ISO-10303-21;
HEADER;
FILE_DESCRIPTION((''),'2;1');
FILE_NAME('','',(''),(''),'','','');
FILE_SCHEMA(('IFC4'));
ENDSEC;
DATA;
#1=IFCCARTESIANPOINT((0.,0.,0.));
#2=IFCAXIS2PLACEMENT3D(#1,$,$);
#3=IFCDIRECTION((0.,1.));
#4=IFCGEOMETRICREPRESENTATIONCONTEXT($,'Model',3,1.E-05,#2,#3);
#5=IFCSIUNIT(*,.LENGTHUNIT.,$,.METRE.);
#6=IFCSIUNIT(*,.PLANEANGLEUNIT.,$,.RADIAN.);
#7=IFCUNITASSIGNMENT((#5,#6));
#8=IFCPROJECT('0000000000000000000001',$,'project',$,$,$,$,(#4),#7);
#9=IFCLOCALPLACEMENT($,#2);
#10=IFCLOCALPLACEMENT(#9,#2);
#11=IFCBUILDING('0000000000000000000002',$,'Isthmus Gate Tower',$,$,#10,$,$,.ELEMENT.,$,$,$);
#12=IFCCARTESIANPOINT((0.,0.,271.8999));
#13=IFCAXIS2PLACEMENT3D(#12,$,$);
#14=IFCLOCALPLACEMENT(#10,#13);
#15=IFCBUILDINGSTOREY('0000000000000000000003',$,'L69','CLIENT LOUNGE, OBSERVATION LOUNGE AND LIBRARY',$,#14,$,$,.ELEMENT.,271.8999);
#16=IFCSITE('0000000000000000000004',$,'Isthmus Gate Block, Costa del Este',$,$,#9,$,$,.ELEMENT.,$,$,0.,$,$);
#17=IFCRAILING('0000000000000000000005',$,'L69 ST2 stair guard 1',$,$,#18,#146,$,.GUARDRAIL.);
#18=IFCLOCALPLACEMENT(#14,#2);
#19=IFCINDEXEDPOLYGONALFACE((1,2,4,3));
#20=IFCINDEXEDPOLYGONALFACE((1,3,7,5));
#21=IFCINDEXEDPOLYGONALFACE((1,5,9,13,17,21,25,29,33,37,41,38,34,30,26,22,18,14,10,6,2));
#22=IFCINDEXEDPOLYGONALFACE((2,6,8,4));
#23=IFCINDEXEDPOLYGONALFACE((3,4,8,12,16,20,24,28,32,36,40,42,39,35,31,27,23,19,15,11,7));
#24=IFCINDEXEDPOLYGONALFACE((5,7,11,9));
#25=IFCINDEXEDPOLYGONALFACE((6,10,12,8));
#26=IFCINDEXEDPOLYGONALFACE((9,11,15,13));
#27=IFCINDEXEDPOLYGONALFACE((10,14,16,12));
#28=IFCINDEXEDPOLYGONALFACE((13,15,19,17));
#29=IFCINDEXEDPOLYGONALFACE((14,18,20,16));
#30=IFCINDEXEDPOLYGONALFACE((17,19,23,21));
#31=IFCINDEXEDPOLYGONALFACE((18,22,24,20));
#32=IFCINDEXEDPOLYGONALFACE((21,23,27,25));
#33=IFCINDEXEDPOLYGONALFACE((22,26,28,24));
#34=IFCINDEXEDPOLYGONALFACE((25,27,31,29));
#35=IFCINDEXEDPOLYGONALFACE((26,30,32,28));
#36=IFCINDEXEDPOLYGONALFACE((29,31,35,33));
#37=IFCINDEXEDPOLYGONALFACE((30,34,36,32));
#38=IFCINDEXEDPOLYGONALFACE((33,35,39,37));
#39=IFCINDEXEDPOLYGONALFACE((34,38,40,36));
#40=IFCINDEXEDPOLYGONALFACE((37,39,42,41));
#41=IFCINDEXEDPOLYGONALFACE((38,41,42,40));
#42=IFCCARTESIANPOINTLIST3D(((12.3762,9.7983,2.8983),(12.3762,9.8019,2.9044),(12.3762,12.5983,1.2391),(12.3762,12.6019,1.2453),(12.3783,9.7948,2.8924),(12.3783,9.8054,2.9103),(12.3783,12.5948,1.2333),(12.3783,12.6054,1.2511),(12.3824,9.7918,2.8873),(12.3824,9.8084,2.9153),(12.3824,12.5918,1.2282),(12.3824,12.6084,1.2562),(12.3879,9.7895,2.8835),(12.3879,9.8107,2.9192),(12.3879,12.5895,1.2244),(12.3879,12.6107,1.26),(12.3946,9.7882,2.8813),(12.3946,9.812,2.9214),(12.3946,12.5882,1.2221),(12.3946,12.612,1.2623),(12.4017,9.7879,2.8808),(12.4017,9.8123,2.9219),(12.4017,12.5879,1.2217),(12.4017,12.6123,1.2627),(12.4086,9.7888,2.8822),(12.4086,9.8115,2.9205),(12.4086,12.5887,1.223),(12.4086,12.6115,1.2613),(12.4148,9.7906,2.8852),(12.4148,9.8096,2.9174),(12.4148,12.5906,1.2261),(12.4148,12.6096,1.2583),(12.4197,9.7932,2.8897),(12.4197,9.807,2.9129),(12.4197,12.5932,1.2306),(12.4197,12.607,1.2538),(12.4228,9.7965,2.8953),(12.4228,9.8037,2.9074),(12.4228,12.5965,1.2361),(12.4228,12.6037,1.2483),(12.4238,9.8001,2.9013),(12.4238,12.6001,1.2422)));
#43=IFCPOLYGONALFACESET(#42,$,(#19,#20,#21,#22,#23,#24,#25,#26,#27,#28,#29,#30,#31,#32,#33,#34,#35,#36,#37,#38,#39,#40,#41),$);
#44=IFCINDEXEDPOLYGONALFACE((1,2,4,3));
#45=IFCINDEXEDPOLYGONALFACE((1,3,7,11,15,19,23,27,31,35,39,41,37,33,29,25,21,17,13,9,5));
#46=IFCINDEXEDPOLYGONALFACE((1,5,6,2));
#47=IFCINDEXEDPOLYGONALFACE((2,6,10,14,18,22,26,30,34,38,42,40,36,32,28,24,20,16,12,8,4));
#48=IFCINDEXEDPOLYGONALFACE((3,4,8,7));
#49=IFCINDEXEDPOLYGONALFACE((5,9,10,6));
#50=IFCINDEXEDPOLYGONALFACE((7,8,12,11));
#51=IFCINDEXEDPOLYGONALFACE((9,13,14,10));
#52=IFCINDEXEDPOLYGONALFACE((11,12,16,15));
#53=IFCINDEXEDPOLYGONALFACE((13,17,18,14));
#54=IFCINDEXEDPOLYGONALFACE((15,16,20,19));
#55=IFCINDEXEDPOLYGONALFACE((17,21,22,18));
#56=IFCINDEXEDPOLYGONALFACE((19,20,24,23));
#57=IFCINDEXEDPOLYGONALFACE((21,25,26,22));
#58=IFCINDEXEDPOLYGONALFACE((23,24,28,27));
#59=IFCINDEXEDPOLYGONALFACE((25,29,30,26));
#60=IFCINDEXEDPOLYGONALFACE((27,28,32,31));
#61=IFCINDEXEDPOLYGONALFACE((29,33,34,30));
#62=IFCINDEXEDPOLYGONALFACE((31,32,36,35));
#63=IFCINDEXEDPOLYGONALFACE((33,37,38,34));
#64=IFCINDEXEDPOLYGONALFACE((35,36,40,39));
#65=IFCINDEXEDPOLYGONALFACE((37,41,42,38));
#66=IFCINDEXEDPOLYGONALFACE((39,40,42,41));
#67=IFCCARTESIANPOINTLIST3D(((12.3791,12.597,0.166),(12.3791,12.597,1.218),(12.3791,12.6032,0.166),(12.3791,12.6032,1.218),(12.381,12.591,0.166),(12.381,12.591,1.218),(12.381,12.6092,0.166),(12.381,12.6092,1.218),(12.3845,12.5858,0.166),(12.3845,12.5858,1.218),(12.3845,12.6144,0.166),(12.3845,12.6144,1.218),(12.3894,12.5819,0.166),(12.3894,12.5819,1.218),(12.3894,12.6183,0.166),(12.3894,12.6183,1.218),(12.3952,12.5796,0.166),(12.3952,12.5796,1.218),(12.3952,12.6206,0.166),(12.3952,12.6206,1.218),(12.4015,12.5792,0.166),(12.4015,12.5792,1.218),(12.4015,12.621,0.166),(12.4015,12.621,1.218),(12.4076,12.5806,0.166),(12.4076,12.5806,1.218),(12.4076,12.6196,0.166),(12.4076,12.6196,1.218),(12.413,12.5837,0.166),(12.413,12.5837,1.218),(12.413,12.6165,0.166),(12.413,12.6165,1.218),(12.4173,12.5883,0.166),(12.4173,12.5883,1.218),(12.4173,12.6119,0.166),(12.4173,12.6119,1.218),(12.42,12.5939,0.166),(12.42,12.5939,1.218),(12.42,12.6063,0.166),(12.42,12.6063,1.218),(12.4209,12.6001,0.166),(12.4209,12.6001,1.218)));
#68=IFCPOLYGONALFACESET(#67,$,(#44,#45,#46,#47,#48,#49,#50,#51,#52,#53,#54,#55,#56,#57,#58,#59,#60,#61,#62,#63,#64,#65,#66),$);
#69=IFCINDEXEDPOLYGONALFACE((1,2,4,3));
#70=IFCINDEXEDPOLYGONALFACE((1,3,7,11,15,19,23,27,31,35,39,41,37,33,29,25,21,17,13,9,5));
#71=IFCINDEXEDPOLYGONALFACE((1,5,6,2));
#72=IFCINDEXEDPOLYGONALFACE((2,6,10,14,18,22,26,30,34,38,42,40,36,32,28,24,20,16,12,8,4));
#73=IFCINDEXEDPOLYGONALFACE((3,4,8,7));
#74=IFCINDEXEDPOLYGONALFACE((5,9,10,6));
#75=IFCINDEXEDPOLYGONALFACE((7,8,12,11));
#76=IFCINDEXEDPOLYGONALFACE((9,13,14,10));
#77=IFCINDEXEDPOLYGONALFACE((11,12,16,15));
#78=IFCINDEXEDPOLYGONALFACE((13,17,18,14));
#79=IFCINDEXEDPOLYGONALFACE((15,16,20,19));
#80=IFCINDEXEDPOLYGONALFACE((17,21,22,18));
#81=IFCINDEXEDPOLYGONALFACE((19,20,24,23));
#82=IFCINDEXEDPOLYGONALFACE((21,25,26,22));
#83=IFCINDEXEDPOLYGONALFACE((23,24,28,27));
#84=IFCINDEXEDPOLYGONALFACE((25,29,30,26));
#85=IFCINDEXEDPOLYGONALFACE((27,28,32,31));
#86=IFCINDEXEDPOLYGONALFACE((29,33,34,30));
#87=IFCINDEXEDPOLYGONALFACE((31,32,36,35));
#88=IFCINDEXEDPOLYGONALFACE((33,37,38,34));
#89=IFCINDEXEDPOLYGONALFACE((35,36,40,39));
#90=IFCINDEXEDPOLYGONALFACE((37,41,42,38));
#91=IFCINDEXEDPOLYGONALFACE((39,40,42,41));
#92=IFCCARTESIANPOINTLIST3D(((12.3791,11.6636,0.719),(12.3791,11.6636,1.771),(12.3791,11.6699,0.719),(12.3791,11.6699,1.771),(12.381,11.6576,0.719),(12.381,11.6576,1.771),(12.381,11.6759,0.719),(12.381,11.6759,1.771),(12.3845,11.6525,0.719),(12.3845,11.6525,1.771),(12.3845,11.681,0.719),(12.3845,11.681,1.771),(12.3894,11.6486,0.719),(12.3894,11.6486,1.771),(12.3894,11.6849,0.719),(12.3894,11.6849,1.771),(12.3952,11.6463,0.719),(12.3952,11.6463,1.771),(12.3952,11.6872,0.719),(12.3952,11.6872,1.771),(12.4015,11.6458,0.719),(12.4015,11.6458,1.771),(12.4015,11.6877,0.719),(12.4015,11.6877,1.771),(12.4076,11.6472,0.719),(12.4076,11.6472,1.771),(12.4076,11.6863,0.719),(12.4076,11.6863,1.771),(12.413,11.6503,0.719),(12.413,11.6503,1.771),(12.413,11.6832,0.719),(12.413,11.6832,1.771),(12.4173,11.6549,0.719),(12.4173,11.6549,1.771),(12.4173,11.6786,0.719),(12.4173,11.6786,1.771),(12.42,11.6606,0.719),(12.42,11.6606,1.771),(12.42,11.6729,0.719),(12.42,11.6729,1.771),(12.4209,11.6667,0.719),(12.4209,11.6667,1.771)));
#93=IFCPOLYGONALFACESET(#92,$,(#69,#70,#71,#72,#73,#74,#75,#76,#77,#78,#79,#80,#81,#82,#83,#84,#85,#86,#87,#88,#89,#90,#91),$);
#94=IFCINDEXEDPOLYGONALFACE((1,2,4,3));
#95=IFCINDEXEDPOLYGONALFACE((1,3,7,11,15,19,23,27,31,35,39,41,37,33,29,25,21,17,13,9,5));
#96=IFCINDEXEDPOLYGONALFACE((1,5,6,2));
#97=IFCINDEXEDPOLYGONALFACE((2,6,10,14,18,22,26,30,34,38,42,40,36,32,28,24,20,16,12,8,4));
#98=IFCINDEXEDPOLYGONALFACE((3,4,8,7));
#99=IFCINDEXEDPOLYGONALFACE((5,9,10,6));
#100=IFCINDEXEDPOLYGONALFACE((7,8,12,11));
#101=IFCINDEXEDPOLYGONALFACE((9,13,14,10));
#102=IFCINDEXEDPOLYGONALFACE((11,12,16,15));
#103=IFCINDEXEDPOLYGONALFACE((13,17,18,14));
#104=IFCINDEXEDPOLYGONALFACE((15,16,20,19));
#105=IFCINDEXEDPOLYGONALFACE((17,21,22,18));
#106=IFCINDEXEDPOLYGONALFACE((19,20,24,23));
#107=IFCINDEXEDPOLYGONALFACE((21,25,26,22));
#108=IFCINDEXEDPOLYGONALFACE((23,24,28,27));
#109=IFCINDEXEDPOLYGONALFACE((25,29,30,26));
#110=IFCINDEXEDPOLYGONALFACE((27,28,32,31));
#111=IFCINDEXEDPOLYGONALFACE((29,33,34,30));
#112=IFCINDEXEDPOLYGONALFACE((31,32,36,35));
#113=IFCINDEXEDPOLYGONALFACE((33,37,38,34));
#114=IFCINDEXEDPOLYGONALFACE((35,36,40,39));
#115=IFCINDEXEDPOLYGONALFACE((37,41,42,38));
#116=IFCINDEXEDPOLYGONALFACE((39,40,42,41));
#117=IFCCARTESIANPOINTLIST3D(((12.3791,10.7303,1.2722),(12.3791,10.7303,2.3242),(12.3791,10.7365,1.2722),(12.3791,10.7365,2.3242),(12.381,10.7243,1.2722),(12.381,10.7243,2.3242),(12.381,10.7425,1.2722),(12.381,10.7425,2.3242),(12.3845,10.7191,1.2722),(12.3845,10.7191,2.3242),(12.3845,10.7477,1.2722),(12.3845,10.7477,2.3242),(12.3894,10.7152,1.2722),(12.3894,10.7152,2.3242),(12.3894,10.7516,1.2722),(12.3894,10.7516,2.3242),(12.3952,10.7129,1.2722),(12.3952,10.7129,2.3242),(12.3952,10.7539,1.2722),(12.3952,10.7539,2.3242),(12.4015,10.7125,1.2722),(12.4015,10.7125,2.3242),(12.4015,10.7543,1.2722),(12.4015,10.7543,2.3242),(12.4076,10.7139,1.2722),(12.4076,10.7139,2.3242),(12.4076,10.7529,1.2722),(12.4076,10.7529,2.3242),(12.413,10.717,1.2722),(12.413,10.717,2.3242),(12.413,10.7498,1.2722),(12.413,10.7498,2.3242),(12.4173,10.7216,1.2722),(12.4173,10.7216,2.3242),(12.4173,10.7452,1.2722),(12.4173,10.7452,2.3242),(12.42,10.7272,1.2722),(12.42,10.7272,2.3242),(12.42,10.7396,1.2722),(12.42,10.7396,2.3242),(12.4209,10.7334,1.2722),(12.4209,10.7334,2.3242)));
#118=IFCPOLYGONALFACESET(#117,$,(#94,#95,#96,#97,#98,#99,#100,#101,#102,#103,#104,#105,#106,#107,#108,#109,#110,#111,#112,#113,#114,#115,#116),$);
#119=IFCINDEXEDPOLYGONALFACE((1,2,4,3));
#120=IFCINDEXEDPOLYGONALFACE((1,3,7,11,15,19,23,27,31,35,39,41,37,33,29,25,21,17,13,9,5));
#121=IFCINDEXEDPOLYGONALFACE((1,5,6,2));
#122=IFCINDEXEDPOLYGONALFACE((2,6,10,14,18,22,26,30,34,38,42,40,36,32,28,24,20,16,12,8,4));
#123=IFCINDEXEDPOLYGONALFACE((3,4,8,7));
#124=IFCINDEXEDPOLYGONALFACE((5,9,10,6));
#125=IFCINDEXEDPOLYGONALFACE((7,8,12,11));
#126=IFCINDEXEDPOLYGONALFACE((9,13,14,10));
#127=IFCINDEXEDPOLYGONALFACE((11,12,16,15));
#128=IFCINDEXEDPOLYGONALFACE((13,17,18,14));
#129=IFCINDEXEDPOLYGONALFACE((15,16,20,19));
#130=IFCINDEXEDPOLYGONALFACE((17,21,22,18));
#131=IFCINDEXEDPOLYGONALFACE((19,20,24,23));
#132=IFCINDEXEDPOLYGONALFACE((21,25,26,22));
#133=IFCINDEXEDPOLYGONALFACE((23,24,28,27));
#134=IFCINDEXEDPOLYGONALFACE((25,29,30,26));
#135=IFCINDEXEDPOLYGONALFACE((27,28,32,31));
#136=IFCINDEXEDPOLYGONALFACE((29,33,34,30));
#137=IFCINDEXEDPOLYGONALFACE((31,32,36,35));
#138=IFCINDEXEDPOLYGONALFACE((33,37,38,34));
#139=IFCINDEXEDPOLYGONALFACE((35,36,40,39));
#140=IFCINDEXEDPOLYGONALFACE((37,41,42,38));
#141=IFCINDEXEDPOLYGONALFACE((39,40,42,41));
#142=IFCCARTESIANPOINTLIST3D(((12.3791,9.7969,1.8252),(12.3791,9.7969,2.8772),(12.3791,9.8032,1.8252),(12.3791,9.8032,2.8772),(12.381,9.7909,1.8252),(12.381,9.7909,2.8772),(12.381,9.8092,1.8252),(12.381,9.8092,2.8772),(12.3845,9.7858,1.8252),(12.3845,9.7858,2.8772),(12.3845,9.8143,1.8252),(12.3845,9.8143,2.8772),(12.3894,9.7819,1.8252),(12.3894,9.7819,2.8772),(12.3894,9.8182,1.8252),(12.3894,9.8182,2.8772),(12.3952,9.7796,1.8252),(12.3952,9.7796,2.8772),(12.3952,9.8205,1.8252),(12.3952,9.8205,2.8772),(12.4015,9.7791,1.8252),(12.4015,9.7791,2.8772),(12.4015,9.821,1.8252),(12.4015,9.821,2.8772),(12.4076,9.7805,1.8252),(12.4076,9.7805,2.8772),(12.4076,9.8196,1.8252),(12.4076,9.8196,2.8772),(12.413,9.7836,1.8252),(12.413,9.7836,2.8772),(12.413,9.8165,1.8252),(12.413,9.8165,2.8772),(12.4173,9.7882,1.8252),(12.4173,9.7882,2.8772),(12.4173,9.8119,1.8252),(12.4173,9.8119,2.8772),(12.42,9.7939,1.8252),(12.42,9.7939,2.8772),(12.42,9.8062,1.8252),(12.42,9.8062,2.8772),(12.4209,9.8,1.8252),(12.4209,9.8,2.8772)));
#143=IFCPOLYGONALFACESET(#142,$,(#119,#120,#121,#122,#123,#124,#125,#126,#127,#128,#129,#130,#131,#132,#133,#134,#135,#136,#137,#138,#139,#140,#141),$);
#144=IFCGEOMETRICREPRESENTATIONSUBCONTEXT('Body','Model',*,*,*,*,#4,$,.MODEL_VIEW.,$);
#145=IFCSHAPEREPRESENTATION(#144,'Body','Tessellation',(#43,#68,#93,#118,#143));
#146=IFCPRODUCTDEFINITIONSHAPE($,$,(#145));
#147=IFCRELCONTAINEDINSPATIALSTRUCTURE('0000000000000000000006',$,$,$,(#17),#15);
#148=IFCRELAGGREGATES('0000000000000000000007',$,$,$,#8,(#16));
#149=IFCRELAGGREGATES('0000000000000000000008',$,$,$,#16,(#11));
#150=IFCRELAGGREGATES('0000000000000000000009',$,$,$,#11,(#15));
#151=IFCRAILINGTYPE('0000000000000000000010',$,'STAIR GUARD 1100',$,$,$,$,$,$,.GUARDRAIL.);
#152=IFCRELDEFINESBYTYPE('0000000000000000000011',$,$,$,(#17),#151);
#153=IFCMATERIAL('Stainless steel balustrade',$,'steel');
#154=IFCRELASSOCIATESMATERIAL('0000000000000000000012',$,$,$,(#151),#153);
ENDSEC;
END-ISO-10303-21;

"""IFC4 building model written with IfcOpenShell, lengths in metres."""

from ifc_helpers import new_model, si_unit, direction, frame, origin, origin_2d, place, context, subcontext, project, spatial, circle, extrude, material, type_object, element, save


model = new_model("IFC4")

# Units and contexts
model_context = context("Model", 3, precision=1e-05, world=origin(), true_north=direction((0.0, 1.0)))
body_context = subcontext(model_context, "Body", "Model", "MODEL_VIEW")
ifc_project = project(units=[si_unit("LENGTHUNIT", "METRE"), si_unit("PLANEANGLEUNIT", "RADIAN")], contexts=[model_context])

# Site, building, storey
site_placement = place(None, origin())
site = spatial("IfcSite", under=ifc_project, at=site_placement, Name="Isthmus Gate Block, Costa del Este", CompositionType="ELEMENT", RefElevation=0.0)
building_placement = place(site_placement, origin())
building = spatial("IfcBuilding", under=site, at=building_placement, Name="Isthmus Gate Tower", CompositionType="ELEMENT")
storey_placement = place(building_placement, frame((0.0, 0.0, 271.8999)))
storey = spatial("IfcBuildingStorey", under=building, at=storey_placement, Name="L69", Description="CLIENT LOUNGE, OBSERVATION LOUNGE AND LIBRARY", CompositionType="ELEMENT", Elevation=271.8999)

# Railing
ifc_material_1 = material(Name="Stainless steel balustrade", Category="steel")
railing_type_1 = type_object("IfcRailingType", Name="STAIR GUARD 1100", PredefinedType="GUARDRAIL", material=ifc_material_1)
railing_1_placement = place(storey_placement, frame((12.3999, 12.6001, 0.166)))
element("IfcRailing", 1, at=railing_1_placement, inside=storey, type_object=railing_type_1, Name="L69 ST2 stair guard 1", PredefinedType="GUARDRAIL", context=body_context, shape_type="SweptSolid", body=[
    extrude(circle(Radius=0.0239, at=origin_2d()), frame((0.0, 0.0, 1.0762), z_axis=(0.0, -0.860306, 0.509778), x_axis=(1.0, 0.0, 0.0)), (0.0, 0.0, 1.0), 3.2546),
    extrude(circle(Radius=0.021, at=origin_2d()), origin(), (0.0, 0.0, 1.0), 1.052),
    extrude(circle(Radius=0.021, at=origin_2d()), frame((0.0, -0.9333, 0.553)), (0.0, 0.0, 1.0), 1.052),
    extrude(circle(Radius=0.021, at=origin_2d()), frame((0.0, -1.8667, 1.1062)), (0.0, 0.0, 1.0), 1.052),
    extrude(circle(Radius=0.021, at=origin_2d()), frame((0.0, -2.8, 1.6592)), (0.0, 0.0, 1.0), 1.052),
])

save(model, "model.ifc")
